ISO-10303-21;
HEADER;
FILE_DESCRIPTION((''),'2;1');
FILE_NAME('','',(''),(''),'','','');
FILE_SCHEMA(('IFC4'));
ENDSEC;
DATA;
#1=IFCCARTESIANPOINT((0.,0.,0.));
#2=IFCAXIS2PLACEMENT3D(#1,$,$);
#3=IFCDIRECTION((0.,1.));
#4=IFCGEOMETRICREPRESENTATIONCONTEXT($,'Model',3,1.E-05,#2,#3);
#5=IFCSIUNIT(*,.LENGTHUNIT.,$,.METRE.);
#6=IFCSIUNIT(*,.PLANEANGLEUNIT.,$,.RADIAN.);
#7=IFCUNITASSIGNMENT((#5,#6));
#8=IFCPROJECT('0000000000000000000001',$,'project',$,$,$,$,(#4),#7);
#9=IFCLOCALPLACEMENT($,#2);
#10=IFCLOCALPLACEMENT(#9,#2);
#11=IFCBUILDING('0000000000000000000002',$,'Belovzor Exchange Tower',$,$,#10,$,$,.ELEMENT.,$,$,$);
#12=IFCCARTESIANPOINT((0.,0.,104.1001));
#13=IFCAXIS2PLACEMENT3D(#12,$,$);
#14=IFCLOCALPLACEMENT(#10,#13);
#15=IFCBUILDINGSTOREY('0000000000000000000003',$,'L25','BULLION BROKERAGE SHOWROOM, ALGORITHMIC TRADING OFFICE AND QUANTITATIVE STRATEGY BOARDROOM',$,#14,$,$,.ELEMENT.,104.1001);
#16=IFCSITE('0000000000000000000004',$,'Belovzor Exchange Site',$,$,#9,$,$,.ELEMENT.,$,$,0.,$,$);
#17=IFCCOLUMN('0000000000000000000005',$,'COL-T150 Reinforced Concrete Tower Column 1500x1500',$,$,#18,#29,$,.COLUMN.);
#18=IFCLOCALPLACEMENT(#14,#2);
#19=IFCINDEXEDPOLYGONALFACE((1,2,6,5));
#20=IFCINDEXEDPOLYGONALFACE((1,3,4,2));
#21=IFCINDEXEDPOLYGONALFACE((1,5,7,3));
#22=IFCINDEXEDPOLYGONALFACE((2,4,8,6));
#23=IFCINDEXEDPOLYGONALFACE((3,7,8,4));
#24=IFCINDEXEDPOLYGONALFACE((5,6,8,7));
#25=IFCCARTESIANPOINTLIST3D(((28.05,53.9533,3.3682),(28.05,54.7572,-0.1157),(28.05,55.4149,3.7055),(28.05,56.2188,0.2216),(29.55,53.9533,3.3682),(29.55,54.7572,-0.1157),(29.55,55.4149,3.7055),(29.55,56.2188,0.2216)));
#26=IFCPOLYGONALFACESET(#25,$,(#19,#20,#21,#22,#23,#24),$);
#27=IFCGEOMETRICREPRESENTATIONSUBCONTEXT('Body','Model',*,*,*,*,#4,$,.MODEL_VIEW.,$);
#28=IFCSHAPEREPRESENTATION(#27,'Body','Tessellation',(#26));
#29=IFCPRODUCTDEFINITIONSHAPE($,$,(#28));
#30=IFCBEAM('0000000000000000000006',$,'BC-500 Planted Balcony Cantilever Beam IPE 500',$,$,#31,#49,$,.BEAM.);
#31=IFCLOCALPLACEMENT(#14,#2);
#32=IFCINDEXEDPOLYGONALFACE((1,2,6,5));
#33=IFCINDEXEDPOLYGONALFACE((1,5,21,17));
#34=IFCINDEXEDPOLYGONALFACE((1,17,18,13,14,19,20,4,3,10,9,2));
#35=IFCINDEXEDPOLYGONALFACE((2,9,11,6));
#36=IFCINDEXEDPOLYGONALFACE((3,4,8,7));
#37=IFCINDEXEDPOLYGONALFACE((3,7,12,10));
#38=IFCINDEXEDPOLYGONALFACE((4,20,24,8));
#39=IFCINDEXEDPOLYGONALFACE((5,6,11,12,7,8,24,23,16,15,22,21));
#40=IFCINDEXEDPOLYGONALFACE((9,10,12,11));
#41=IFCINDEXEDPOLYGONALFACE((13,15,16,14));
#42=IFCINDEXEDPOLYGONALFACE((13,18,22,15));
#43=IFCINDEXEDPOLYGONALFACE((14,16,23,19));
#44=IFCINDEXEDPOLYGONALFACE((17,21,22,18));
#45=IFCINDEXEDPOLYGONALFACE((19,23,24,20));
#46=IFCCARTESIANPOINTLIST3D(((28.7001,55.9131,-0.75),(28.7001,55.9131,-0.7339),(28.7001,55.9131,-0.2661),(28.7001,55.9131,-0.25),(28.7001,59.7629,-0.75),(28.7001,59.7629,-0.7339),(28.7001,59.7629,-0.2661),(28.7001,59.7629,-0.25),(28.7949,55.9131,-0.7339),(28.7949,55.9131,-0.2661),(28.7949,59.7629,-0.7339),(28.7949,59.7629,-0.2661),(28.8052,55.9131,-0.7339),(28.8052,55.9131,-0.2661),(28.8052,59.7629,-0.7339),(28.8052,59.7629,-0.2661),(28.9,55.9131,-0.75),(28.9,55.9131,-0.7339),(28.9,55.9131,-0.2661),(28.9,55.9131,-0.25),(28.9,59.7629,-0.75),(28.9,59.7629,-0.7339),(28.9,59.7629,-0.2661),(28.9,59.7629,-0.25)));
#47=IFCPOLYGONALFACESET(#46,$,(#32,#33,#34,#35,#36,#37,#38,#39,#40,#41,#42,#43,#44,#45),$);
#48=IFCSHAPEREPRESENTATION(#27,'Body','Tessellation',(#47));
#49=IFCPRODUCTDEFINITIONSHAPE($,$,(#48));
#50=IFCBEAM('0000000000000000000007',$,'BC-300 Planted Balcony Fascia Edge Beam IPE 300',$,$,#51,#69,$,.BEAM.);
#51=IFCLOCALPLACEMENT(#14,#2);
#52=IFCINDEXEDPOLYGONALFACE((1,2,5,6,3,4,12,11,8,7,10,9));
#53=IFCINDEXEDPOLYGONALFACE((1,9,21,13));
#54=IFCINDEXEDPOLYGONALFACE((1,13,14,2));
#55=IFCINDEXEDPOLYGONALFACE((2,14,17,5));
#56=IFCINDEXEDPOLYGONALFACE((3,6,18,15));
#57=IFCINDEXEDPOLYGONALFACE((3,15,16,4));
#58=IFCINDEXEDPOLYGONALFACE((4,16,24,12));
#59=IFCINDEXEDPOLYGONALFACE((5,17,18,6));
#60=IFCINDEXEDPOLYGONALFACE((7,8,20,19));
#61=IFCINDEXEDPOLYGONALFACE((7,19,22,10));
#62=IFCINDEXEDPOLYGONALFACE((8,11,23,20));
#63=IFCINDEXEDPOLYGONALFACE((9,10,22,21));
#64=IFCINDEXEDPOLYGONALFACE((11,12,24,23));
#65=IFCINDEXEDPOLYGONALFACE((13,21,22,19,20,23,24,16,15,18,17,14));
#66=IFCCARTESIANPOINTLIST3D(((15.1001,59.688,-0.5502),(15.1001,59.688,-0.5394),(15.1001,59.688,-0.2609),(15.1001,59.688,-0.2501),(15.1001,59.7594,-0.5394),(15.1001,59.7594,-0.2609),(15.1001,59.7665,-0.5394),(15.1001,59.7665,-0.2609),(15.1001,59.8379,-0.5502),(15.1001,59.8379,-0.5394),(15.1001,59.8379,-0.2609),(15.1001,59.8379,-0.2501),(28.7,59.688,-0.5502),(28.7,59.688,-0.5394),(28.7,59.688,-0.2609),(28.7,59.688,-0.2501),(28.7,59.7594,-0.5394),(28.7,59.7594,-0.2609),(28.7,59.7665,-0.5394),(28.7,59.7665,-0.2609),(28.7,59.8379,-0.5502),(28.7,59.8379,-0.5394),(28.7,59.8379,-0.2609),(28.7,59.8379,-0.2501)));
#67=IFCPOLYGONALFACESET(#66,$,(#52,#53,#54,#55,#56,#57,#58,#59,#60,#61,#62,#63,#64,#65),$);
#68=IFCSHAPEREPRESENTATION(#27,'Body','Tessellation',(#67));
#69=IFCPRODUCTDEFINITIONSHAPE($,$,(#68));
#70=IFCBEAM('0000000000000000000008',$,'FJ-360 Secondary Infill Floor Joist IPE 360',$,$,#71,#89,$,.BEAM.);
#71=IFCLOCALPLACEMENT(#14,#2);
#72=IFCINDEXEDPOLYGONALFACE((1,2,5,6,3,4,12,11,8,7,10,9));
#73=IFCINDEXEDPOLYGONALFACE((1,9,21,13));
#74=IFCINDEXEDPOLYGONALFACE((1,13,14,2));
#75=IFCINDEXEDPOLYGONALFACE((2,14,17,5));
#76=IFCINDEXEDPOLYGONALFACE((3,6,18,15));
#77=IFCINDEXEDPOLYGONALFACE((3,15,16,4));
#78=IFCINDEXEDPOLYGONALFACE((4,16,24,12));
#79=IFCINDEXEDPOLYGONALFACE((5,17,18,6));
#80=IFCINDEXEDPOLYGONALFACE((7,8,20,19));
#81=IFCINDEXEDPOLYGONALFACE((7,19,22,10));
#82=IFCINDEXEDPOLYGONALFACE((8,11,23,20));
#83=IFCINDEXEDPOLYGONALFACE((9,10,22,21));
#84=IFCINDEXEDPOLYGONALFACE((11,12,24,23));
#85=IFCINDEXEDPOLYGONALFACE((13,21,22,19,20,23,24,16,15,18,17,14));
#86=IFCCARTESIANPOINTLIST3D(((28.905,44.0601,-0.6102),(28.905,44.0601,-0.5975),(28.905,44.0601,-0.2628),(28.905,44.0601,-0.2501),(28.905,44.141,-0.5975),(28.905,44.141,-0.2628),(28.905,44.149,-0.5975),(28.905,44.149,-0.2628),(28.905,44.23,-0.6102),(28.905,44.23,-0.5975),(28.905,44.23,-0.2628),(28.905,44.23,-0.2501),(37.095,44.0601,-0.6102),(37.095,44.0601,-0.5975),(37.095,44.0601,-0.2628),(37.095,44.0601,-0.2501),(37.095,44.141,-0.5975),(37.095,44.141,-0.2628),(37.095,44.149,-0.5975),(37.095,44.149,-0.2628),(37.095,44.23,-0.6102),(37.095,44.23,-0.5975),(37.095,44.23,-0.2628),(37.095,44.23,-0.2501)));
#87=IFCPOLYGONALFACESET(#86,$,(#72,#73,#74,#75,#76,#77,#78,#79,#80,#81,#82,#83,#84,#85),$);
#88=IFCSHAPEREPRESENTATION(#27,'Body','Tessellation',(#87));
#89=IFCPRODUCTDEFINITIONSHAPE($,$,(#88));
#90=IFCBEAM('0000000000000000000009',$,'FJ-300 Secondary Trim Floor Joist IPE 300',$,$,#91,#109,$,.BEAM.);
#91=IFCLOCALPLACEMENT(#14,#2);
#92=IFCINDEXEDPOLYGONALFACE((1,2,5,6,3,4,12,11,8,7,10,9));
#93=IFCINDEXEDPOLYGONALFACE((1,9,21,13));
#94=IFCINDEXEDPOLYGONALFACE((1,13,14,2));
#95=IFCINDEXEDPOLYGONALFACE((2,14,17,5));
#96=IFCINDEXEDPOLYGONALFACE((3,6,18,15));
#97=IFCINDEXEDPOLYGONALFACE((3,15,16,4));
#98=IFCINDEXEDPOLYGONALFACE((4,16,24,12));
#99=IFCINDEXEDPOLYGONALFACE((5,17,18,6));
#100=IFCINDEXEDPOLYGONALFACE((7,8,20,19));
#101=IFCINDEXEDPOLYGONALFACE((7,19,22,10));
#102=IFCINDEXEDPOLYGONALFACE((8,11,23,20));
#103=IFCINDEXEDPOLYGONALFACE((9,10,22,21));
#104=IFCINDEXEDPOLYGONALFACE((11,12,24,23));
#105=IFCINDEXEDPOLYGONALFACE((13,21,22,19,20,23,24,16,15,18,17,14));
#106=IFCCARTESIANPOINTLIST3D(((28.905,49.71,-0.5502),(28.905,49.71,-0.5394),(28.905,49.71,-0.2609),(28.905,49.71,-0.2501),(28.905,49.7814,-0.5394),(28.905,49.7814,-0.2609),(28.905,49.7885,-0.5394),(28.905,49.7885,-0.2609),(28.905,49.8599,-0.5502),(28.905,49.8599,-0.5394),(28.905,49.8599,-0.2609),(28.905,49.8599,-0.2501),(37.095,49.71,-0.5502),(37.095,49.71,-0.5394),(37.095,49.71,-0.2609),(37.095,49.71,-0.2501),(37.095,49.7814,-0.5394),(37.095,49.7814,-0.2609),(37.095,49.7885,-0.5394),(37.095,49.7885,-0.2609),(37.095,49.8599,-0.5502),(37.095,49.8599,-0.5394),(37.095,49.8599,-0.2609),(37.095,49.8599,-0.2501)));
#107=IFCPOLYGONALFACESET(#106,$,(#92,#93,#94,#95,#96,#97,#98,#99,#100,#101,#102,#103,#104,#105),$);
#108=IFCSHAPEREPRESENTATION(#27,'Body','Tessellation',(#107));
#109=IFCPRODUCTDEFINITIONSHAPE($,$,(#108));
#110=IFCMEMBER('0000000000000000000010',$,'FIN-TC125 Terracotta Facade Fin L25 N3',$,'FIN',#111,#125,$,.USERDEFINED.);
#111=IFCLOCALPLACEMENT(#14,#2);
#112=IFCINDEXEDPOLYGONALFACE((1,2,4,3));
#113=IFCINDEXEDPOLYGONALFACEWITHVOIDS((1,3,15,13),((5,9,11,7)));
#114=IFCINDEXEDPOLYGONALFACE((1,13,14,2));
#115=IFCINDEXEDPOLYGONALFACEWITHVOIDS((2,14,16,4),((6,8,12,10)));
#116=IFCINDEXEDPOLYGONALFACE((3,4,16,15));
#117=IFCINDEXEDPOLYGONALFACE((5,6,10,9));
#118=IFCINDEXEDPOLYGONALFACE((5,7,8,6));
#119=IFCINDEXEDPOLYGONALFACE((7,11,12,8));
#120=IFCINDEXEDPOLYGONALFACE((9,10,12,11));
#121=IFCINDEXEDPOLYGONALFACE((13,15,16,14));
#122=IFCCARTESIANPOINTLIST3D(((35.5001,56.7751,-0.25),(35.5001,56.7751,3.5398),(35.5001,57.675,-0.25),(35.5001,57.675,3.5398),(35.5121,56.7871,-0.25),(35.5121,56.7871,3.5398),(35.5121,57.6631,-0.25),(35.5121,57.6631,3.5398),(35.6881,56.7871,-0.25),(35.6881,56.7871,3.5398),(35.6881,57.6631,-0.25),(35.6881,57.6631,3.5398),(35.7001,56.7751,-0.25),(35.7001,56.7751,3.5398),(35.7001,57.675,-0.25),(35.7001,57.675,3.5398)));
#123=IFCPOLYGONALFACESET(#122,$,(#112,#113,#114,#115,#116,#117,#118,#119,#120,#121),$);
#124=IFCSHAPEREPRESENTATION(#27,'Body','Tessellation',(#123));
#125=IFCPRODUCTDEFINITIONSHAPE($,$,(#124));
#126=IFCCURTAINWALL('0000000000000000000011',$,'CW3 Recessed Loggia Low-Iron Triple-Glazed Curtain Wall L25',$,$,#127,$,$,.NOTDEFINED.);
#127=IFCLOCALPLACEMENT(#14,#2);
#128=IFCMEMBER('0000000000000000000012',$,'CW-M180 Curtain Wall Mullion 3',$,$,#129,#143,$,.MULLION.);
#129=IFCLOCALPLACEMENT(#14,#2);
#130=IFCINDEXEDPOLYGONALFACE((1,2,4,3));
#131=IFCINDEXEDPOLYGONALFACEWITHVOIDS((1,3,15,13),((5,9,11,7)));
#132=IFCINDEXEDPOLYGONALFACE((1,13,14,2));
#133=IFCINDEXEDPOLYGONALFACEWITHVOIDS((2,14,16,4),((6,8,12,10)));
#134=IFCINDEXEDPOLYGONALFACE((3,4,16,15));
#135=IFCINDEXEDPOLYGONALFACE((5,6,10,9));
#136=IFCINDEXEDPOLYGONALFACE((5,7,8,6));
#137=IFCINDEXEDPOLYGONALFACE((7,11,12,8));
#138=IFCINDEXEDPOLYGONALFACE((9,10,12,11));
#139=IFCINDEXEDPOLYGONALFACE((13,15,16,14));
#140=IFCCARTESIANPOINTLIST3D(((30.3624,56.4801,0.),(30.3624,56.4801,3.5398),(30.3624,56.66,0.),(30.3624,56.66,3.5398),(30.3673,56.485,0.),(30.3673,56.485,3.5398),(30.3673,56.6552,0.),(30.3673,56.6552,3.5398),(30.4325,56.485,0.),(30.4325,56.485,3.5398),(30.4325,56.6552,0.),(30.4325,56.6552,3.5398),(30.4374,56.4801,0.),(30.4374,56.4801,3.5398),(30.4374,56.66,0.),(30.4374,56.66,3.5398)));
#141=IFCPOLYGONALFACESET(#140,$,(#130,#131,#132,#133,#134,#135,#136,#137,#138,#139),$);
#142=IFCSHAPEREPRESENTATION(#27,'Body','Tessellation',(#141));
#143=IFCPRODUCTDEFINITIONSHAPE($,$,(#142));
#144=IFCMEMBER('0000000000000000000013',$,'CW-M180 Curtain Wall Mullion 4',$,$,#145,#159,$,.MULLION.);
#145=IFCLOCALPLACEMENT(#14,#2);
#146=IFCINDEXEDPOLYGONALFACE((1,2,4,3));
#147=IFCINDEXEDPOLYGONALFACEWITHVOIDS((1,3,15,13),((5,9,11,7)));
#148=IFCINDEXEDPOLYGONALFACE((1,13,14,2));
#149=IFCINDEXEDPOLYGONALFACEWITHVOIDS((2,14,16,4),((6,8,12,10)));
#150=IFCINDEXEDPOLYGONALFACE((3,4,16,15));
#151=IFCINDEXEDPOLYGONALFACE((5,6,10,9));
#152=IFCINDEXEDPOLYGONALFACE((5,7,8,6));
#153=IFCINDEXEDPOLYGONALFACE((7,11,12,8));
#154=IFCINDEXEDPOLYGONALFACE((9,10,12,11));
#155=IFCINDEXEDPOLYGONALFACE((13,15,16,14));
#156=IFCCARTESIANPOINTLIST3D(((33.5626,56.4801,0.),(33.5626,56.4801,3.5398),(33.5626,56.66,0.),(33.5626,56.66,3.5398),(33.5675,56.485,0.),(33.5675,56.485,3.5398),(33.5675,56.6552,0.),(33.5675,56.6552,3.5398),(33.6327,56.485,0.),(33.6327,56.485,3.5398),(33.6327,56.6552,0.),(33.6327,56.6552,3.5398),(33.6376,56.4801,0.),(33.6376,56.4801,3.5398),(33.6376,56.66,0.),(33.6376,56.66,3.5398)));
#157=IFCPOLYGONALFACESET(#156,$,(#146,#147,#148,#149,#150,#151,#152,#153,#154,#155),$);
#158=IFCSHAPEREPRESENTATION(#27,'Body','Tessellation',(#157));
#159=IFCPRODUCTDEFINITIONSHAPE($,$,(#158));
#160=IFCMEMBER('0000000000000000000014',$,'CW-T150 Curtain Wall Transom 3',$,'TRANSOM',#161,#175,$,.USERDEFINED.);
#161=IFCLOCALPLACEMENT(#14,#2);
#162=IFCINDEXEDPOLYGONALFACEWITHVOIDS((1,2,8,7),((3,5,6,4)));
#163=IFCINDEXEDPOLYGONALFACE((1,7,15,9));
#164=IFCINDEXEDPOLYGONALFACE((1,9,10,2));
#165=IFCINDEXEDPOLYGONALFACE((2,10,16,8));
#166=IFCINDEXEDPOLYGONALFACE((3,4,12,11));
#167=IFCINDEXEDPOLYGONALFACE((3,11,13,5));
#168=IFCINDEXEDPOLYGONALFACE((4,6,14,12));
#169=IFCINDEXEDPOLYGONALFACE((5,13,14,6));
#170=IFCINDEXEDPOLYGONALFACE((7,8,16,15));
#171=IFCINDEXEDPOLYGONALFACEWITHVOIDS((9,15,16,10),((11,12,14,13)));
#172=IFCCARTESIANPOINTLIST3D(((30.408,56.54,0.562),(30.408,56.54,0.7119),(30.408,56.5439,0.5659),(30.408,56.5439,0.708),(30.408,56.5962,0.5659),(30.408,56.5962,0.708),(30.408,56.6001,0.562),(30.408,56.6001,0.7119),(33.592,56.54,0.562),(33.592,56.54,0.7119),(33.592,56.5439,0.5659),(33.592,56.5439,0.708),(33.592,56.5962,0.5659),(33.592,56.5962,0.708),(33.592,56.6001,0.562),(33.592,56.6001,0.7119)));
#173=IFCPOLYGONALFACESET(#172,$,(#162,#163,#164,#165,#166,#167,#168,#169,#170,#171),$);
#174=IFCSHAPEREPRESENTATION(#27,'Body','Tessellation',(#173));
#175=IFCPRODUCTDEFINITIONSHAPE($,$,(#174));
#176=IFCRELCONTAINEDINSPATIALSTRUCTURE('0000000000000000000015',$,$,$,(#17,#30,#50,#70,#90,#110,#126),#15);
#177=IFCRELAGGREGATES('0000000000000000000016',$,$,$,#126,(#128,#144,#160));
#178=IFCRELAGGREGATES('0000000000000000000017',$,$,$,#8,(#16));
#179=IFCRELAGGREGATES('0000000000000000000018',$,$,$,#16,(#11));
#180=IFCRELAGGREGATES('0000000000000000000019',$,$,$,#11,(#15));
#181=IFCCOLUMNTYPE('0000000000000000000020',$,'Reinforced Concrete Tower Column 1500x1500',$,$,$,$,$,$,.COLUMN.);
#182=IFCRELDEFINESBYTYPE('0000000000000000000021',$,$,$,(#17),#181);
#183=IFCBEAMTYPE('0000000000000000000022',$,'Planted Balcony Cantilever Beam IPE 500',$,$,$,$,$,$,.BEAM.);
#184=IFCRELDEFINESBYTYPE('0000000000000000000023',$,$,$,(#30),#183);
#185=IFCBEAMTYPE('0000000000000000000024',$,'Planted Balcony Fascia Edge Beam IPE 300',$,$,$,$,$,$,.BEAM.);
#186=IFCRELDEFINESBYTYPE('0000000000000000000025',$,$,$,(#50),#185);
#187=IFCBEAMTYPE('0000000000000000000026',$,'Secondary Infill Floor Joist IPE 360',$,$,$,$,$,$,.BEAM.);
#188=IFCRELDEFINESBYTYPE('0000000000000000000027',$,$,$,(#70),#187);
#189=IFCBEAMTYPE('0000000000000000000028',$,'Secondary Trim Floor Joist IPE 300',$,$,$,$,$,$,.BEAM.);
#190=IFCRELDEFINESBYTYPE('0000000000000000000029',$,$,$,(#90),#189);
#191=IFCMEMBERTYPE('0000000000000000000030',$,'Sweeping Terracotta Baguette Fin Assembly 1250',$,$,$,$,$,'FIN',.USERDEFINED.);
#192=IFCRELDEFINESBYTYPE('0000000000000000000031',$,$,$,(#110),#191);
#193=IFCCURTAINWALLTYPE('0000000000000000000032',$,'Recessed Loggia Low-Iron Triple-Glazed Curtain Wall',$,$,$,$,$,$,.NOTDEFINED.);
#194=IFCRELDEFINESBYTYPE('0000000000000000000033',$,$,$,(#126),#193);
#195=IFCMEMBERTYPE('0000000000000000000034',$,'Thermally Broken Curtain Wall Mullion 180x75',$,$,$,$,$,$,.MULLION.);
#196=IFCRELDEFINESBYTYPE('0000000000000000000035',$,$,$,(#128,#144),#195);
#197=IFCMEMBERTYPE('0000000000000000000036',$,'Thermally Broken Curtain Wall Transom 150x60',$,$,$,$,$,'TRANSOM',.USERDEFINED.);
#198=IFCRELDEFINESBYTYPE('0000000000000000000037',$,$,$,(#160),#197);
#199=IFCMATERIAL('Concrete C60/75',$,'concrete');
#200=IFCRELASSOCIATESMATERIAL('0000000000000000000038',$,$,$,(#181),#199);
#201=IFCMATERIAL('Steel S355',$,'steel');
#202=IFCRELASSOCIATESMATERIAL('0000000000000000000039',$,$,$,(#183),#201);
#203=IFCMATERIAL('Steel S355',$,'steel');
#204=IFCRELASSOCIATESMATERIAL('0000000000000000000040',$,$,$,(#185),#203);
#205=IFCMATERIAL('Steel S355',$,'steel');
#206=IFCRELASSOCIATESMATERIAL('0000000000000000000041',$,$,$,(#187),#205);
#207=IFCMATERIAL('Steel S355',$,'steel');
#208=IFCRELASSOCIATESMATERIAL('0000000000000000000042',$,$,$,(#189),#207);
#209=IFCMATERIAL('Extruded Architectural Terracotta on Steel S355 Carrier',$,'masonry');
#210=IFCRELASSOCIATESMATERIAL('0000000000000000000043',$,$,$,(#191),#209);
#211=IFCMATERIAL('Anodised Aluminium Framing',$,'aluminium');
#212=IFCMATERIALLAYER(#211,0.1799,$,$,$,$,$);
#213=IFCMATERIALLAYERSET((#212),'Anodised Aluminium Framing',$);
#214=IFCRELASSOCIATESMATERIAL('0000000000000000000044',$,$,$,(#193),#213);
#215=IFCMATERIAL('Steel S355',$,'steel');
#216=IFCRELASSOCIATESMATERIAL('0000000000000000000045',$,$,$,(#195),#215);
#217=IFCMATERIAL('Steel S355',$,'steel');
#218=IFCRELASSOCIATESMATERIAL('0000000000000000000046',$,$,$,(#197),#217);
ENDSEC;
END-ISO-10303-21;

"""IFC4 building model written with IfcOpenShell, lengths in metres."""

from ifc_helpers import new_model, si_unit, direction, frame, origin, origin_2d, place, context, subcontext, project, spatial, rectangle, hollow_rectangle, i_section, extrude, material, layer, layer_set, material_profile, profile_set, type_object, element, aggregate, save


model = new_model("IFC4")

# Units and contexts
model_context = context("Model", 3, precision=1e-05, world=origin(), true_north=direction((0.0, 1.0)))
body_context = subcontext(model_context, "Body", "Model", "MODEL_VIEW")
ifc_project = project(units=[si_unit("LENGTHUNIT", "METRE"), si_unit("PLANEANGLEUNIT", "RADIAN")], contexts=[model_context])

# Site, building, storey
site_placement = place(None, origin())
site = spatial("IfcSite", under=ifc_project, at=site_placement, Name="Belovzor Exchange Site", CompositionType="ELEMENT", RefElevation=0.0)
building_placement = place(site_placement, origin())
building = spatial("IfcBuilding", under=site, at=building_placement, Name="Belovzor Exchange Tower", CompositionType="ELEMENT")
storey_placement = place(building_placement, frame((0.0, 0.0, 104.1001)))
storey = spatial("IfcBuildingStorey", under=building, at=storey_placement, Name="L25", Description="BULLION BROKERAGE SHOWROOM, ALGORITHMIC TRADING OFFICE AND QUANTITATIVE STRATEGY BOARDROOM", CompositionType="ELEMENT", Elevation=104.1001)

# Column
ifc_material_1 = material(Name="Concrete C60/75", Category="concrete")
ifc_material_profile_1 = material_profile(ifc_material_1, rectangle(XDim=1.5, YDim=1.5, at=origin_2d()))
ifc_profile_set_1 = profile_set([ifc_material_profile_1], Name="Concrete C60/75")
column_type = type_object("IfcColumnType", Name="Reinforced Concrete Tower Column 1500x1500", PredefinedType="COLUMN", material=ifc_profile_set_1)
column_placement = place(storey_placement, frame((28.8, 55.488, 0.053), z_axis=(0.0, -0.224855, 0.974392), x_axis=(1.0, 0.0, 0.0)))
element("IfcColumn", 1, at=column_placement, inside=storey, type_object=column_type, Name="COL-T150 Reinforced Concrete Tower Column 1500x1500", PredefinedType="COLUMN", context=body_context, shape_type="SweptSolid", body=[
    extrude(rectangle(XDim=1.5, YDim=1.5, at=origin_2d()), origin(), (0.0, 0.0, 1.0), 3.5754),
])

# Beams
ifc_material_2 = material(Name="Steel S355", Category="steel")
ifc_material_profile_2 = material_profile(ifc_material_2, i_section(OverallWidth=0.2, OverallDepth=0.5, WebThickness=0.0103, FlangeThickness=0.0161, at=origin_2d()))
ifc_profile_set_2 = profile_set([ifc_material_profile_2], Name="Steel S355")
beam_type_1 = type_object("IfcBeamType", Name="Planted Balcony Cantilever Beam IPE 500", PredefinedType="BEAM", material=ifc_profile_set_2)
beam_1_placement = place(storey_placement, frame((28.8, 55.9131, -0.5), z_axis=(0.0, 1.0, 0.0), x_axis=(-1.0, 0.0, 0.0)))
element("IfcBeam", 2, at=beam_1_placement, inside=storey, type_object=beam_type_1, Name="BC-500 Planted Balcony Cantilever Beam IPE 500", PredefinedType="BEAM", context=body_context, shape_type="SweptSolid", body=[
    extrude(i_section(OverallWidth=0.2, OverallDepth=0.5, WebThickness=0.0103, FlangeThickness=0.0161, at=origin_2d()), origin(), (0.0, 0.0, 1.0), 3.8499),
])
ifc_material_3 = material(Name="Steel S355", Category="steel")
ifc_material_profile_3 = material_profile(ifc_material_3, i_section(OverallWidth=0.1499, OverallDepth=0.3, WebThickness=0.0071, FlangeThickness=0.0107, at=origin_2d()))
ifc_profile_set_3 = profile_set([ifc_material_profile_3], Name="Steel S355")
beam_type_2 = type_object("IfcBeamType", Name="Planted Balcony Fascia Edge Beam IPE 300", PredefinedType="BEAM", material=ifc_profile_set_3)
beam_2_placement = place(storey_placement, frame((28.7, 59.7629, -0.4001), z_axis=(-1.0, 0.0, 0.0), x_axis=(0.0, -1.0, 0.0)))
element("IfcBeam", 3, at=beam_2_placement, inside=storey, type_object=beam_type_2, Name="BC-300 Planted Balcony Fascia Edge Beam IPE 300", PredefinedType="BEAM", context=body_context, shape_type="SweptSolid", body=[
    extrude(i_section(OverallWidth=0.1499, OverallDepth=0.3, WebThickness=0.0071, FlangeThickness=0.0107, at=origin_2d()), origin(), (0.0, 0.0, 1.0), 13.5999),
])
ifc_material_4 = material(Name="Steel S355", Category="steel")
ifc_material_profile_4 = material_profile(ifc_material_4, i_section(OverallWidth=0.1699, OverallDepth=0.3601, WebThickness=0.0081, FlangeThickness=0.0127, at=origin_2d()))
ifc_profile_set_4 = profile_set([ifc_material_profile_4], Name="Steel S355")
beam_type_3 = type_object("IfcBeamType", Name="Secondary Infill Floor Joist IPE 360", PredefinedType="BEAM", material=ifc_profile_set_4)
beam_3_placement = place(storey_placement, frame((28.905, 44.145, -0.4302), z_axis=(1.0, 0.0, 0.0), x_axis=(0.0, 1.0, 0.0)))
element("IfcBeam", 4, at=beam_3_placement, inside=storey, type_object=beam_type_3, Name="FJ-360 Secondary Infill Floor Joist IPE 360", PredefinedType="BEAM", context=body_context, shape_type="SweptSolid", body=[
    extrude(i_section(OverallWidth=0.1699, OverallDepth=0.3601, WebThickness=0.0081, FlangeThickness=0.0127, at=origin_2d()), origin(), (0.0, 0.0, 1.0), 8.1899),
])
ifc_material_5 = material(Name="Steel S355", Category="steel")
ifc_material_profile_5 = material_profile(ifc_material_5, i_section(OverallWidth=0.1499, OverallDepth=0.3, WebThickness=0.0071, FlangeThickness=0.0107, at=origin_2d()))
ifc_profile_set_5 = profile_set([ifc_material_profile_5], Name="Steel S355")
beam_type_4 = type_object("IfcBeamType", Name="Secondary Trim Floor Joist IPE 300", PredefinedType="BEAM", material=ifc_profile_set_5)
beam_4_placement = place(storey_placement, frame((28.905, 49.7849, -0.4001), z_axis=(1.0, 0.0, 0.0), x_axis=(0.0, 1.0, 0.0)))
element("IfcBeam", 5, at=beam_4_placement, inside=storey, type_object=beam_type_4, Name="FJ-300 Secondary Trim Floor Joist IPE 300", PredefinedType="BEAM", context=body_context, shape_type="SweptSolid", body=[
    extrude(i_section(OverallWidth=0.1499, OverallDepth=0.3, WebThickness=0.0071, FlangeThickness=0.0107, at=origin_2d()), origin(), (0.0, 0.0, 1.0), 8.1899),
])

# Member
ifc_material_6 = material(Name="Extruded Architectural Terracotta on Steel S355 Carrier", Category="masonry")
ifc_material_profile_6 = material_profile(ifc_material_6, hollow_rectangle(XDim=0.2, YDim=0.8999, WallThickness=0.012, at=origin_2d()))
ifc_profile_set_6 = profile_set([ifc_material_profile_6], Name="Extruded Architectural Terracotta on Steel S355 Carrier")
member_type_1 = type_object("IfcMemberType", Name="Sweeping Terracotta Baguette Fin Assembly 1250", ElementType="FIN", PredefinedType="USERDEFINED", material=ifc_profile_set_6)
member_1_placement = place(storey_placement, frame((35.6001, 57.2251, -0.25), z_axis=(0.0, 0.0, 1.0), x_axis=(1.0, 0.0, 0.0)))
element("IfcMember", 6, at=member_1_placement, inside=storey, type_object=member_type_1, Name="FIN-TC125 Terracotta Facade Fin L25 N3", ObjectType="FIN", PredefinedType="USERDEFINED", context=body_context, shape_type="SweptSolid", body=[
    extrude(hollow_rectangle(XDim=0.2, YDim=0.8999, WallThickness=0.012, at=origin_2d()), origin(), (0.0, 0.0, 1.0), 3.7898),
])

# Curtain wall, members
ifc_material_7 = material(Name="Anodised Aluminium Framing", Category="aluminium")
ifc_layer_1 = layer(ifc_material_7, 0.1799)
ifc_layer_set_1 = layer_set([ifc_layer_1], Name="Anodised Aluminium Framing")
curtain_wall_type = type_object("IfcCurtainWallType", Name="Recessed Loggia Low-Iron Triple-Glazed Curtain Wall", PredefinedType="NOTDEFINED", material=ifc_layer_set_1)
curtain_wall_placement = place(storey_placement, origin())
curtain_wall = element("IfcCurtainWall", 7, at=curtain_wall_placement, inside=storey, type_object=curtain_wall_type, Name="CW3 Recessed Loggia Low-Iron Triple-Glazed Curtain Wall L25", PredefinedType="NOTDEFINED")
ifc_material_8 = material(Name="Steel S355", Category="steel")
ifc_material_profile_7 = material_profile(ifc_material_8, hollow_rectangle(XDim=0.075, YDim=0.1799, WallThickness=0.0049, at=origin_2d()))
ifc_profile_set_7 = profile_set([ifc_material_profile_7], Name="Steel S355")
member_type_2 = type_object("IfcMemberType", Name="Thermally Broken Curtain Wall Mullion 180x75", PredefinedType="MULLION", material=ifc_profile_set_7)
member_2_placement = place(storey_placement, frame((30.3999, 56.5701, 0.0), z_axis=(0.0, 0.0, 1.0), x_axis=(1.0, 0.0, 0.0)))
member_2 = element("IfcMember", 8, at=member_2_placement, type_object=member_type_2, Name="CW-M180 Curtain Wall Mullion 3", PredefinedType="MULLION", context=body_context, shape_type="SweptSolid", body=[
    extrude(hollow_rectangle(XDim=0.075, YDim=0.1799, WallThickness=0.0049, at=origin_2d()), origin(), (0.0, 0.0, 1.0), 3.5398),
])
member_3_placement = place(storey_placement, frame((33.6001, 56.5701, 0.0), z_axis=(0.0, 0.0, 1.0), x_axis=(1.0, 0.0, 0.0)))
member_3 = element("IfcMember", 9, at=member_3_placement, type_object=member_type_2, Name="CW-M180 Curtain Wall Mullion 4", PredefinedType="MULLION", context=body_context, shape_type="SweptSolid", body=[
    extrude(hollow_rectangle(XDim=0.075, YDim=0.1799, WallThickness=0.0049, at=origin_2d()), origin(), (0.0, 0.0, 1.0), 3.5398),
])
ifc_material_9 = material(Name="Steel S355", Category="steel")
ifc_material_profile_8 = material_profile(ifc_material_9, hollow_rectangle(XDim=0.0601, YDim=0.1499, WallThickness=0.0039, at=origin_2d()))
ifc_profile_set_8 = profile_set([ifc_material_profile_8], Name="Steel S355")
member_type_3 = type_object("IfcMemberType", Name="Thermally Broken Curtain Wall Transom 150x60", ElementType="TRANSOM", PredefinedType="USERDEFINED", material=ifc_profile_set_8)
member_4_placement = place(storey_placement, frame((30.408, 56.5701, 0.637), z_axis=(1.0, 0.0, 0.0), x_axis=(0.0, 1.0, 0.0)))
member_4 = element("IfcMember", 10, at=member_4_placement, type_object=member_type_3, Name="CW-T150 Curtain Wall Transom 3", ObjectType="TRANSOM", PredefinedType="USERDEFINED", context=body_context, shape_type="SweptSolid", body=[
    extrude(hollow_rectangle(XDim=0.0601, YDim=0.1499, WallThickness=0.0039, at=origin_2d()), origin(), (0.0, 0.0, 1.0), 3.1841),
])

aggregate(curtain_wall, [member_2, member_3, member_4])

save(model, "model.ifc")
